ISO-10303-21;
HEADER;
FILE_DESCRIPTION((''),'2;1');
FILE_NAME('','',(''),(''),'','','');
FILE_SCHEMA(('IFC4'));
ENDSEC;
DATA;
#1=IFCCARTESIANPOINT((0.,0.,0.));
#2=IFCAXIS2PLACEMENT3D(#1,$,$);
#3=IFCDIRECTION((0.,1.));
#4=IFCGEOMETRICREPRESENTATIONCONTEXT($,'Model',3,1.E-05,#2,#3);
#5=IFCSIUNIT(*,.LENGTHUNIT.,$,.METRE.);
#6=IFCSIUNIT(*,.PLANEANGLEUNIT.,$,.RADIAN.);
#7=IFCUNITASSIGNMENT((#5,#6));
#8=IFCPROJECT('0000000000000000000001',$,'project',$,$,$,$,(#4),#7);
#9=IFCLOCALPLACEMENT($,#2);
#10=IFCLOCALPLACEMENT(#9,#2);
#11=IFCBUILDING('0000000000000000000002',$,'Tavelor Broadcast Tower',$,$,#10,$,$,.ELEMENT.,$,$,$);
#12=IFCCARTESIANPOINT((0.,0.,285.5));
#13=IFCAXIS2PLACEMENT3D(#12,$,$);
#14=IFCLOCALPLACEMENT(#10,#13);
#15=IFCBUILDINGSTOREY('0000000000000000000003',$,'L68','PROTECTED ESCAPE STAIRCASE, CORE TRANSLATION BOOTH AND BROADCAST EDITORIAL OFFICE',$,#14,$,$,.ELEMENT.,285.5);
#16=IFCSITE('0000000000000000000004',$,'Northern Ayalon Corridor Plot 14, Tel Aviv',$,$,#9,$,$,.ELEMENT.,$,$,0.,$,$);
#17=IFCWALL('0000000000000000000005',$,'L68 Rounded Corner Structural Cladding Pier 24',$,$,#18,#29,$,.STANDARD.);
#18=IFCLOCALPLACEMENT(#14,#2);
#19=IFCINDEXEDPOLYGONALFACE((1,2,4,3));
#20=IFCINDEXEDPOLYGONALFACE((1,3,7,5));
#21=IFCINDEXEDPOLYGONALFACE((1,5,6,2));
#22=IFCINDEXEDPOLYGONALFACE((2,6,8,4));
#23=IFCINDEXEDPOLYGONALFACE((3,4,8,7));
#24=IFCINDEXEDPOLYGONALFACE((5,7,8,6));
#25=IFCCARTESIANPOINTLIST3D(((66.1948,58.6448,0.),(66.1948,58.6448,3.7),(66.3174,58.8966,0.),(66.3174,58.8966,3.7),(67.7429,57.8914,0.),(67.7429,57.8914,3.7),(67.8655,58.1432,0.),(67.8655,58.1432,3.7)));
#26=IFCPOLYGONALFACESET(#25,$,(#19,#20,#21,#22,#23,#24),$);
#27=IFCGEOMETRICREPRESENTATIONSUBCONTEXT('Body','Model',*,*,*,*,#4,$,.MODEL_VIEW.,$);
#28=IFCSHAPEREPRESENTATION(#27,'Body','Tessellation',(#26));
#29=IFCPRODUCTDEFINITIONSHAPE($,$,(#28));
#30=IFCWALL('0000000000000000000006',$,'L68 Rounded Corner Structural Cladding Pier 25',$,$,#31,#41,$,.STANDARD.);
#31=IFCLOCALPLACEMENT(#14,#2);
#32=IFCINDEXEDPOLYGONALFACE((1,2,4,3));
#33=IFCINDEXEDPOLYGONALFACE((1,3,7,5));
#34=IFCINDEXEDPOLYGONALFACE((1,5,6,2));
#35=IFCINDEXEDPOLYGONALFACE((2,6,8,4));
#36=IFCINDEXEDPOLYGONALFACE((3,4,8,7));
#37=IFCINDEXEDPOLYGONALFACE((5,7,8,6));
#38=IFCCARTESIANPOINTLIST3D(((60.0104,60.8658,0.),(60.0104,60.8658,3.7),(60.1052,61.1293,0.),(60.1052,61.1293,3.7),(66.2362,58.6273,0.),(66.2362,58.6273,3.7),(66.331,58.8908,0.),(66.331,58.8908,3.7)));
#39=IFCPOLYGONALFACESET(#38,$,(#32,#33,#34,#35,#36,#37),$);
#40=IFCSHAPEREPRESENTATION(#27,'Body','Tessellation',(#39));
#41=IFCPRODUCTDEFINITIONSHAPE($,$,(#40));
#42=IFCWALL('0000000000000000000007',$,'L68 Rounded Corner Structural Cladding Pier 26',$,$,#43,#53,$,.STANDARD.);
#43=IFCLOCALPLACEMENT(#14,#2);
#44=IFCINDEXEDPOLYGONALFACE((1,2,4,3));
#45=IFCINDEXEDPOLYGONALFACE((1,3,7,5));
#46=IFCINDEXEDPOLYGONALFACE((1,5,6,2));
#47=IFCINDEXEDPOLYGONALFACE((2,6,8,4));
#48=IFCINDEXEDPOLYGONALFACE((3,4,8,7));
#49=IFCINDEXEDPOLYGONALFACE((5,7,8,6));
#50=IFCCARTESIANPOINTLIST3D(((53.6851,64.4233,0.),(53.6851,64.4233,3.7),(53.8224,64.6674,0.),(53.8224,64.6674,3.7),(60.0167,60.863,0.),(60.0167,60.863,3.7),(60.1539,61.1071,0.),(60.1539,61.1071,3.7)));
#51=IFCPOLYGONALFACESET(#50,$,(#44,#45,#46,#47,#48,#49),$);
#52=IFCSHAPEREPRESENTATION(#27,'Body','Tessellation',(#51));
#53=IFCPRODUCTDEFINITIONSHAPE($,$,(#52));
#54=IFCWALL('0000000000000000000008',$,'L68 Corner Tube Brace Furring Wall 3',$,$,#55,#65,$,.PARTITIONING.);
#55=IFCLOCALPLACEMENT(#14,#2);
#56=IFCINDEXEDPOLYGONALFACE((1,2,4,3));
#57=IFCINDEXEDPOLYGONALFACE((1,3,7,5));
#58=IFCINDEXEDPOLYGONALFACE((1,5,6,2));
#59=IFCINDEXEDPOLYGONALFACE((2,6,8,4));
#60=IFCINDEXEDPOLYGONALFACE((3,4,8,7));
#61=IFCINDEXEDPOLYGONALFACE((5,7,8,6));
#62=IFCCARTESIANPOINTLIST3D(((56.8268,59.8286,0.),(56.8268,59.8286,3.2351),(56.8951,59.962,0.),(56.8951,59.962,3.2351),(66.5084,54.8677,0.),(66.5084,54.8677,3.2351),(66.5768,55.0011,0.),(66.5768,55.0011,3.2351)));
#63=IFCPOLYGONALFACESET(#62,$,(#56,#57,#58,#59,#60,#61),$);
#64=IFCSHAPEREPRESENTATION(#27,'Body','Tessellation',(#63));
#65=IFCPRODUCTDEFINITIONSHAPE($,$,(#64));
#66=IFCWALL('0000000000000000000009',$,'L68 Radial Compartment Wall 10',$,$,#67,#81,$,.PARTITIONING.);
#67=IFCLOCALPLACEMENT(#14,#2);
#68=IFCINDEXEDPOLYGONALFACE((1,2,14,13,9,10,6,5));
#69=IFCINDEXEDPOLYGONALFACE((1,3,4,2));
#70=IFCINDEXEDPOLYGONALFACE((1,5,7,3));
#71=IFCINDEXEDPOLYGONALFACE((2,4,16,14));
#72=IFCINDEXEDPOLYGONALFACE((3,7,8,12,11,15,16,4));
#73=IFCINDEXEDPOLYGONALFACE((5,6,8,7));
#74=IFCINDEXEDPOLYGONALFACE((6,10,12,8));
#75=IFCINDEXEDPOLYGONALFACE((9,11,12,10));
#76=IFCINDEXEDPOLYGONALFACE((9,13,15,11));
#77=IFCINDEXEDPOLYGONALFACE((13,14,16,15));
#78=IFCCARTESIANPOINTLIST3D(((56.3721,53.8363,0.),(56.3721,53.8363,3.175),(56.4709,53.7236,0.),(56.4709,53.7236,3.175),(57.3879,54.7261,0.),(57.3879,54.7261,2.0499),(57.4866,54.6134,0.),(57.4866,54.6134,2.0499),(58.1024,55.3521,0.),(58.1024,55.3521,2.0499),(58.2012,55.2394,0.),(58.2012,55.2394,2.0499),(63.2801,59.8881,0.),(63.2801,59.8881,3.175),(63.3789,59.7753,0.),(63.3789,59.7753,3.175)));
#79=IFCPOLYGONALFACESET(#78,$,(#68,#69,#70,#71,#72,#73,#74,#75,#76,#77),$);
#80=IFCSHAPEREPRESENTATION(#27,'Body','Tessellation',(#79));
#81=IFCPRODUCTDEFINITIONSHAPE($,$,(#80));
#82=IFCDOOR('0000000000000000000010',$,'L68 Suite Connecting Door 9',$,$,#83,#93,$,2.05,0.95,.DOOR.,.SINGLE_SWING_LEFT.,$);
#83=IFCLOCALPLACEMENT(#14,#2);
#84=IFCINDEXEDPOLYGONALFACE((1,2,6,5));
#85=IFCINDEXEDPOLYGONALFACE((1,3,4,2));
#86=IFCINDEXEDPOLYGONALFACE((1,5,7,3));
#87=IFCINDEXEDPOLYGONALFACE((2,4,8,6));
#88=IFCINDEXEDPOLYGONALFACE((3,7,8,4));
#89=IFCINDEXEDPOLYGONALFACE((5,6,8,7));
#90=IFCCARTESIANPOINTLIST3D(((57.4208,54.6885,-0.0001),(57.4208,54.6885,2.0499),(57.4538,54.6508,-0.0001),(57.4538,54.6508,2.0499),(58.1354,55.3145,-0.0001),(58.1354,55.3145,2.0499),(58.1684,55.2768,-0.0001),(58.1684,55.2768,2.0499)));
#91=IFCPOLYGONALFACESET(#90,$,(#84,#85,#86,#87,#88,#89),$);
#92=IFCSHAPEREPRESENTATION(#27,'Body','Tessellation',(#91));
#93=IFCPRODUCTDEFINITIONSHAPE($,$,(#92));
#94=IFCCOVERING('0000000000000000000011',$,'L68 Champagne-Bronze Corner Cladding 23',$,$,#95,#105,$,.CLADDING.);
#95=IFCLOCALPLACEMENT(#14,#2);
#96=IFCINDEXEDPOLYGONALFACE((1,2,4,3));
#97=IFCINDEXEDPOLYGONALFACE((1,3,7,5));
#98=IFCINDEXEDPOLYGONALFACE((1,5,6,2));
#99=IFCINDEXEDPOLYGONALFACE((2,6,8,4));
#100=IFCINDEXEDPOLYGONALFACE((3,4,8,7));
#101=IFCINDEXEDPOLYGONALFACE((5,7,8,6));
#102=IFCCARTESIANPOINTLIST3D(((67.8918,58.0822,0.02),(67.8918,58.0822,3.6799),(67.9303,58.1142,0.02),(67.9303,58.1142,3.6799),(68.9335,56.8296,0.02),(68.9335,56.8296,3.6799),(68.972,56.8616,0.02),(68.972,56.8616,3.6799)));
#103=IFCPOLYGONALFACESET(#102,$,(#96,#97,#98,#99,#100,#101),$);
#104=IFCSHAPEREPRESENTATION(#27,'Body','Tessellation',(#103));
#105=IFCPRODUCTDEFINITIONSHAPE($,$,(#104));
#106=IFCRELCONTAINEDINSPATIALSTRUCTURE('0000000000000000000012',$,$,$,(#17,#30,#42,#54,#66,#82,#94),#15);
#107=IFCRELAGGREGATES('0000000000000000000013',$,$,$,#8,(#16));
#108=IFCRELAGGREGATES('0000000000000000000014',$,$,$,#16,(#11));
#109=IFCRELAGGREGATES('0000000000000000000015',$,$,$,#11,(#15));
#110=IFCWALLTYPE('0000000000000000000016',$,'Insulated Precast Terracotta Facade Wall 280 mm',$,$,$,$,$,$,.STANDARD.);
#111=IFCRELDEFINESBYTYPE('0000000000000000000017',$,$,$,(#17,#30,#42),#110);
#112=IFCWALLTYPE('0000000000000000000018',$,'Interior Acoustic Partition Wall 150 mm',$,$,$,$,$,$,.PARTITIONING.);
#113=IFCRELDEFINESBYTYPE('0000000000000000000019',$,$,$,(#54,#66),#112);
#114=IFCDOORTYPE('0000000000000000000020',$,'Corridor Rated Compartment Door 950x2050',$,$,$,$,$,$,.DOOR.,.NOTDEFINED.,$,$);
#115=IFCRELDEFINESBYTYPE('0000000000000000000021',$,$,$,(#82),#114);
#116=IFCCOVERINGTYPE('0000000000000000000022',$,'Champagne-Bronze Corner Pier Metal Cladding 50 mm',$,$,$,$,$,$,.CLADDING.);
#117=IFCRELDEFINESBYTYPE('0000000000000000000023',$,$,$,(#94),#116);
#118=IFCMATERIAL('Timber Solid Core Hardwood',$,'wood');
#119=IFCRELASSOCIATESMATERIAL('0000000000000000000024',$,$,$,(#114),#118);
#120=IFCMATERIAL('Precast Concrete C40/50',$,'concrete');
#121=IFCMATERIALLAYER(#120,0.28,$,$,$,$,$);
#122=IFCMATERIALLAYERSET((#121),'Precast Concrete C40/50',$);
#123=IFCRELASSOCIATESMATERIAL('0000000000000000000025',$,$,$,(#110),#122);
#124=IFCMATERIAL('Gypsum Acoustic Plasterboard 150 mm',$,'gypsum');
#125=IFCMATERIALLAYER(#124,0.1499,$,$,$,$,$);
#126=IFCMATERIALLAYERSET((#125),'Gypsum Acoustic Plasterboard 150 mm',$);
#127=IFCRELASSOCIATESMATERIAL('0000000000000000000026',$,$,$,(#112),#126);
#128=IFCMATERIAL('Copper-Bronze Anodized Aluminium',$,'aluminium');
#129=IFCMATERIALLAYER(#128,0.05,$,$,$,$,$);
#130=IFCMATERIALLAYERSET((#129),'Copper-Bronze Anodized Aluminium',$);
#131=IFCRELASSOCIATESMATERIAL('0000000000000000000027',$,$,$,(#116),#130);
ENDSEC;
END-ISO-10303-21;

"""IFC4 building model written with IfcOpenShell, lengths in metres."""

from ifc_helpers import new_model, si_unit, direction, frame, frame_2d, origin, origin_2d, place, context, subcontext, project, spatial, rectangle, extrude, material, layer, layer_set, type_object, element, fill, save


model = new_model("IFC4")

# Units and contexts
model_context = context("Model", 3, precision=1e-05, world=origin(), true_north=direction((0.0, 1.0)))
body_context = subcontext(model_context, "Body", "Model", "MODEL_VIEW")
ifc_project = project(units=[si_unit("LENGTHUNIT", "METRE"), si_unit("PLANEANGLEUNIT", "RADIAN")], contexts=[model_context])

# Site, building, storey
site_placement = place(None, origin())
site = spatial("IfcSite", under=ifc_project, at=site_placement, Name="Northern Ayalon Corridor Plot 14, Tel Aviv", CompositionType="ELEMENT", RefElevation=0.0)
building_placement = place(site_placement, origin())
building = spatial("IfcBuilding", under=site, at=building_placement, Name="Tavelor Broadcast Tower", CompositionType="ELEMENT")
storey_placement = place(building_placement, frame((0.0, 0.0, 285.5)))
storey = spatial("IfcBuildingStorey", under=building, at=storey_placement, Name="L68", Description="PROTECTED ESCAPE STAIRCASE, CORE TRANSLATION BOOTH AND BROADCAST EDITORIAL OFFICE", CompositionType="ELEMENT", Elevation=285.5)

# Shared definitions
ifc_material_1 = material(Name="Timber Solid Core Hardwood", Category="wood")
door_type = type_object("IfcDoorType", Name="Corridor Rated Compartment Door 950x2050", OperationType="NOTDEFINED", PredefinedType="DOOR", material=ifc_material_1)

# Walls
ifc_material_2 = material(Name="Precast Concrete C40/50", Category="concrete")
ifc_layer_1 = layer(ifc_material_2, 0.28)
ifc_layer_set_1 = layer_set([ifc_layer_1], Name="Precast Concrete C40/50")
wall_type_1 = type_object("IfcWallType", Name="Insulated Precast Terracotta Facade Wall 280 mm", PredefinedType="STANDARD", material=ifc_layer_set_1)
wall_1_placement = place(storey_placement, frame((67.8042, 58.0173, 0.0), z_axis=(0.0, 0.0, 1.0), x_axis=(-0.899169, 0.437602, 0.0)))
element("IfcWall", 1, at=wall_1_placement, inside=storey, type_object=wall_type_1, Name="L68 Rounded Corner Structural Cladding Pier 24", PredefinedType="STANDARD", context=body_context, shape_type="SweptSolid", body=[
    extrude(rectangle(XDim=1.7217, YDim=0.28, at=frame_2d((0.8608, 0.0))), origin(), (0.0, 0.0, 1.0), 3.7),
])
wall_2_placement = place(storey_placement, frame((66.2837, 58.759, 0.0), z_axis=(0.0, 0.0, 1.0), x_axis=(-0.941021, 0.338348, 0.0)))
element("IfcWall", 2, at=wall_2_placement, inside=storey, type_object=wall_type_1, Name="L68 Rounded Corner Structural Cladding Pier 25", PredefinedType="STANDARD", context=body_context, shape_type="SweptSolid", body=[
    extrude(rectangle(XDim=6.616, YDim=0.28, at=frame_2d((3.3081, 0.0))), origin(), (0.0, 0.0, 1.0), 3.7),
])
wall_3_placement = place(storey_placement, frame((60.0852, 60.9851, 0.0), z_axis=(0.0, 0.0, 1.0), x_axis=(-0.871646, 0.490137, 0.0)))
element("IfcWall", 3, at=wall_3_placement, inside=storey, type_object=wall_type_1, Name="L68 Rounded Corner Structural Cladding Pier 26", PredefinedType="STANDARD", context=body_context, shape_type="SweptSolid", body=[
    extrude(rectangle(XDim=7.2639, YDim=0.28, at=frame_2d((3.6318, 0.0))), origin(), (0.0, 0.0, 1.0), 3.7),
])
ifc_material_3 = material(Name="Gypsum Acoustic Plasterboard 150 mm", Category="gypsum")
ifc_layer_2 = layer(ifc_material_3, 0.1499)
ifc_layer_set_2 = layer_set([ifc_layer_2], Name="Gypsum Acoustic Plasterboard 150 mm")
wall_type_2 = type_object("IfcWallType", Name="Interior Acoustic Partition Wall 150 mm", PredefinedType="PARTITIONING", material=ifc_layer_set_2)
wall_4_placement = place(storey_placement, frame((66.5427, 54.9343, 0.0), z_axis=(0.0, 0.0, 1.0), x_axis=(-0.889967, 0.456025, 0.0)))
element("IfcWall", 4, at=wall_4_placement, inside=storey, type_object=wall_type_2, Name="L68 Corner Tube Brace Furring Wall 3", PredefinedType="PARTITIONING", context=body_context, shape_type="SweptSolid", body=[
    extrude(rectangle(XDim=10.8787, YDim=0.1499, at=frame_2d((5.4395, 0.0))), origin(), (0.0, 0.0, 1.0), 3.2351),
])

# Wall, opening, door
wall_5_placement = place(storey_placement, frame((56.4216, 53.78, 0.0), z_axis=(0.0, 0.0, 1.0), x_axis=(0.752183, 0.658954, 0.0)))
wall_5 = element("IfcWall", 5, at=wall_5_placement, inside=storey, type_object=wall_type_2, Name="L68 Radial Compartment Wall 10", PredefinedType="PARTITIONING", context=body_context, shape_type="SweptSolid", body=[
    extrude(rectangle(XDim=9.1838, YDim=0.1499, at=frame_2d((4.5918, 0.0))), origin(), (0.0, 0.0, 1.0), 3.175),
])
opening_1_placement = place(wall_5_placement, frame((1.3501, 0.0, 0.0)))
opening_1 = element("IfcOpeningElement", 6, at=opening_1_placement, cuts=wall_5, PredefinedType="OPENING", context=body_context, shape_type="SweptSolid", body=[
    extrude(rectangle(XDim=0.95, YDim=2.05, at=frame_2d((0.4751, 1.0249))), frame((0.0, 0.085, 0.0), z_axis=(0.0, -1.0, 0.0), x_axis=(1.0, 0.0, 0.0)), (0.0, 0.0, 1.0), 0.1699),
])
door_1_placement = place(opening_1_placement, origin())
door_1 = element("IfcDoor", 7, at=door_1_placement, inside=storey, type_object=door_type, Name="L68 Suite Connecting Door 9", OperationType="SINGLE_SWING_LEFT", OverallHeight=2.05, OverallWidth=0.95, PredefinedType="DOOR", context=body_context, shape_type="SweptSolid", body=[
    extrude(rectangle(XDim=0.95, YDim=2.05, at=frame_2d((0.4751, 1.0249))), frame((0.0, 0.0249, 0.0), z_axis=(0.0, -1.0, 0.0), x_axis=(1.0, 0.0, 0.0)), (0.0, 0.0, 1.0), 0.05),
])
fill(opening_1, door_1)

# Covering
ifc_material_4 = material(Name="Copper-Bronze Anodized Aluminium", Category="aluminium")
ifc_layer_3 = layer(ifc_material_4, 0.05)
ifc_layer_set_3 = layer_set([ifc_layer_3], Name="Copper-Bronze Anodized Aluminium")
covering_type = type_object("IfcCoveringType", Name="Champagne-Bronze Corner Pier Metal Cladding 50 mm", PredefinedType="CLADDING", material=ifc_layer_set_3)
covering_placement = place(storey_placement, frame((68.4319, 57.4719, 0.02), z_axis=(0.0, 0.0, 1.0), x_axis=(-0.639439, 0.768842, 0.0)))
element("IfcCovering", 8, at=covering_placement, inside=storey, type_object=covering_type, Name="L68 Champagne-Bronze Corner Cladding 23", PredefinedType="CLADDING", context=body_context, shape_type="SweptSolid", body=[
    extrude(rectangle(XDim=1.6292, YDim=0.05, at=origin_2d()), origin(), (0.0, 0.0, 1.0), 3.6599),
])

save(model, "model.ifc")
